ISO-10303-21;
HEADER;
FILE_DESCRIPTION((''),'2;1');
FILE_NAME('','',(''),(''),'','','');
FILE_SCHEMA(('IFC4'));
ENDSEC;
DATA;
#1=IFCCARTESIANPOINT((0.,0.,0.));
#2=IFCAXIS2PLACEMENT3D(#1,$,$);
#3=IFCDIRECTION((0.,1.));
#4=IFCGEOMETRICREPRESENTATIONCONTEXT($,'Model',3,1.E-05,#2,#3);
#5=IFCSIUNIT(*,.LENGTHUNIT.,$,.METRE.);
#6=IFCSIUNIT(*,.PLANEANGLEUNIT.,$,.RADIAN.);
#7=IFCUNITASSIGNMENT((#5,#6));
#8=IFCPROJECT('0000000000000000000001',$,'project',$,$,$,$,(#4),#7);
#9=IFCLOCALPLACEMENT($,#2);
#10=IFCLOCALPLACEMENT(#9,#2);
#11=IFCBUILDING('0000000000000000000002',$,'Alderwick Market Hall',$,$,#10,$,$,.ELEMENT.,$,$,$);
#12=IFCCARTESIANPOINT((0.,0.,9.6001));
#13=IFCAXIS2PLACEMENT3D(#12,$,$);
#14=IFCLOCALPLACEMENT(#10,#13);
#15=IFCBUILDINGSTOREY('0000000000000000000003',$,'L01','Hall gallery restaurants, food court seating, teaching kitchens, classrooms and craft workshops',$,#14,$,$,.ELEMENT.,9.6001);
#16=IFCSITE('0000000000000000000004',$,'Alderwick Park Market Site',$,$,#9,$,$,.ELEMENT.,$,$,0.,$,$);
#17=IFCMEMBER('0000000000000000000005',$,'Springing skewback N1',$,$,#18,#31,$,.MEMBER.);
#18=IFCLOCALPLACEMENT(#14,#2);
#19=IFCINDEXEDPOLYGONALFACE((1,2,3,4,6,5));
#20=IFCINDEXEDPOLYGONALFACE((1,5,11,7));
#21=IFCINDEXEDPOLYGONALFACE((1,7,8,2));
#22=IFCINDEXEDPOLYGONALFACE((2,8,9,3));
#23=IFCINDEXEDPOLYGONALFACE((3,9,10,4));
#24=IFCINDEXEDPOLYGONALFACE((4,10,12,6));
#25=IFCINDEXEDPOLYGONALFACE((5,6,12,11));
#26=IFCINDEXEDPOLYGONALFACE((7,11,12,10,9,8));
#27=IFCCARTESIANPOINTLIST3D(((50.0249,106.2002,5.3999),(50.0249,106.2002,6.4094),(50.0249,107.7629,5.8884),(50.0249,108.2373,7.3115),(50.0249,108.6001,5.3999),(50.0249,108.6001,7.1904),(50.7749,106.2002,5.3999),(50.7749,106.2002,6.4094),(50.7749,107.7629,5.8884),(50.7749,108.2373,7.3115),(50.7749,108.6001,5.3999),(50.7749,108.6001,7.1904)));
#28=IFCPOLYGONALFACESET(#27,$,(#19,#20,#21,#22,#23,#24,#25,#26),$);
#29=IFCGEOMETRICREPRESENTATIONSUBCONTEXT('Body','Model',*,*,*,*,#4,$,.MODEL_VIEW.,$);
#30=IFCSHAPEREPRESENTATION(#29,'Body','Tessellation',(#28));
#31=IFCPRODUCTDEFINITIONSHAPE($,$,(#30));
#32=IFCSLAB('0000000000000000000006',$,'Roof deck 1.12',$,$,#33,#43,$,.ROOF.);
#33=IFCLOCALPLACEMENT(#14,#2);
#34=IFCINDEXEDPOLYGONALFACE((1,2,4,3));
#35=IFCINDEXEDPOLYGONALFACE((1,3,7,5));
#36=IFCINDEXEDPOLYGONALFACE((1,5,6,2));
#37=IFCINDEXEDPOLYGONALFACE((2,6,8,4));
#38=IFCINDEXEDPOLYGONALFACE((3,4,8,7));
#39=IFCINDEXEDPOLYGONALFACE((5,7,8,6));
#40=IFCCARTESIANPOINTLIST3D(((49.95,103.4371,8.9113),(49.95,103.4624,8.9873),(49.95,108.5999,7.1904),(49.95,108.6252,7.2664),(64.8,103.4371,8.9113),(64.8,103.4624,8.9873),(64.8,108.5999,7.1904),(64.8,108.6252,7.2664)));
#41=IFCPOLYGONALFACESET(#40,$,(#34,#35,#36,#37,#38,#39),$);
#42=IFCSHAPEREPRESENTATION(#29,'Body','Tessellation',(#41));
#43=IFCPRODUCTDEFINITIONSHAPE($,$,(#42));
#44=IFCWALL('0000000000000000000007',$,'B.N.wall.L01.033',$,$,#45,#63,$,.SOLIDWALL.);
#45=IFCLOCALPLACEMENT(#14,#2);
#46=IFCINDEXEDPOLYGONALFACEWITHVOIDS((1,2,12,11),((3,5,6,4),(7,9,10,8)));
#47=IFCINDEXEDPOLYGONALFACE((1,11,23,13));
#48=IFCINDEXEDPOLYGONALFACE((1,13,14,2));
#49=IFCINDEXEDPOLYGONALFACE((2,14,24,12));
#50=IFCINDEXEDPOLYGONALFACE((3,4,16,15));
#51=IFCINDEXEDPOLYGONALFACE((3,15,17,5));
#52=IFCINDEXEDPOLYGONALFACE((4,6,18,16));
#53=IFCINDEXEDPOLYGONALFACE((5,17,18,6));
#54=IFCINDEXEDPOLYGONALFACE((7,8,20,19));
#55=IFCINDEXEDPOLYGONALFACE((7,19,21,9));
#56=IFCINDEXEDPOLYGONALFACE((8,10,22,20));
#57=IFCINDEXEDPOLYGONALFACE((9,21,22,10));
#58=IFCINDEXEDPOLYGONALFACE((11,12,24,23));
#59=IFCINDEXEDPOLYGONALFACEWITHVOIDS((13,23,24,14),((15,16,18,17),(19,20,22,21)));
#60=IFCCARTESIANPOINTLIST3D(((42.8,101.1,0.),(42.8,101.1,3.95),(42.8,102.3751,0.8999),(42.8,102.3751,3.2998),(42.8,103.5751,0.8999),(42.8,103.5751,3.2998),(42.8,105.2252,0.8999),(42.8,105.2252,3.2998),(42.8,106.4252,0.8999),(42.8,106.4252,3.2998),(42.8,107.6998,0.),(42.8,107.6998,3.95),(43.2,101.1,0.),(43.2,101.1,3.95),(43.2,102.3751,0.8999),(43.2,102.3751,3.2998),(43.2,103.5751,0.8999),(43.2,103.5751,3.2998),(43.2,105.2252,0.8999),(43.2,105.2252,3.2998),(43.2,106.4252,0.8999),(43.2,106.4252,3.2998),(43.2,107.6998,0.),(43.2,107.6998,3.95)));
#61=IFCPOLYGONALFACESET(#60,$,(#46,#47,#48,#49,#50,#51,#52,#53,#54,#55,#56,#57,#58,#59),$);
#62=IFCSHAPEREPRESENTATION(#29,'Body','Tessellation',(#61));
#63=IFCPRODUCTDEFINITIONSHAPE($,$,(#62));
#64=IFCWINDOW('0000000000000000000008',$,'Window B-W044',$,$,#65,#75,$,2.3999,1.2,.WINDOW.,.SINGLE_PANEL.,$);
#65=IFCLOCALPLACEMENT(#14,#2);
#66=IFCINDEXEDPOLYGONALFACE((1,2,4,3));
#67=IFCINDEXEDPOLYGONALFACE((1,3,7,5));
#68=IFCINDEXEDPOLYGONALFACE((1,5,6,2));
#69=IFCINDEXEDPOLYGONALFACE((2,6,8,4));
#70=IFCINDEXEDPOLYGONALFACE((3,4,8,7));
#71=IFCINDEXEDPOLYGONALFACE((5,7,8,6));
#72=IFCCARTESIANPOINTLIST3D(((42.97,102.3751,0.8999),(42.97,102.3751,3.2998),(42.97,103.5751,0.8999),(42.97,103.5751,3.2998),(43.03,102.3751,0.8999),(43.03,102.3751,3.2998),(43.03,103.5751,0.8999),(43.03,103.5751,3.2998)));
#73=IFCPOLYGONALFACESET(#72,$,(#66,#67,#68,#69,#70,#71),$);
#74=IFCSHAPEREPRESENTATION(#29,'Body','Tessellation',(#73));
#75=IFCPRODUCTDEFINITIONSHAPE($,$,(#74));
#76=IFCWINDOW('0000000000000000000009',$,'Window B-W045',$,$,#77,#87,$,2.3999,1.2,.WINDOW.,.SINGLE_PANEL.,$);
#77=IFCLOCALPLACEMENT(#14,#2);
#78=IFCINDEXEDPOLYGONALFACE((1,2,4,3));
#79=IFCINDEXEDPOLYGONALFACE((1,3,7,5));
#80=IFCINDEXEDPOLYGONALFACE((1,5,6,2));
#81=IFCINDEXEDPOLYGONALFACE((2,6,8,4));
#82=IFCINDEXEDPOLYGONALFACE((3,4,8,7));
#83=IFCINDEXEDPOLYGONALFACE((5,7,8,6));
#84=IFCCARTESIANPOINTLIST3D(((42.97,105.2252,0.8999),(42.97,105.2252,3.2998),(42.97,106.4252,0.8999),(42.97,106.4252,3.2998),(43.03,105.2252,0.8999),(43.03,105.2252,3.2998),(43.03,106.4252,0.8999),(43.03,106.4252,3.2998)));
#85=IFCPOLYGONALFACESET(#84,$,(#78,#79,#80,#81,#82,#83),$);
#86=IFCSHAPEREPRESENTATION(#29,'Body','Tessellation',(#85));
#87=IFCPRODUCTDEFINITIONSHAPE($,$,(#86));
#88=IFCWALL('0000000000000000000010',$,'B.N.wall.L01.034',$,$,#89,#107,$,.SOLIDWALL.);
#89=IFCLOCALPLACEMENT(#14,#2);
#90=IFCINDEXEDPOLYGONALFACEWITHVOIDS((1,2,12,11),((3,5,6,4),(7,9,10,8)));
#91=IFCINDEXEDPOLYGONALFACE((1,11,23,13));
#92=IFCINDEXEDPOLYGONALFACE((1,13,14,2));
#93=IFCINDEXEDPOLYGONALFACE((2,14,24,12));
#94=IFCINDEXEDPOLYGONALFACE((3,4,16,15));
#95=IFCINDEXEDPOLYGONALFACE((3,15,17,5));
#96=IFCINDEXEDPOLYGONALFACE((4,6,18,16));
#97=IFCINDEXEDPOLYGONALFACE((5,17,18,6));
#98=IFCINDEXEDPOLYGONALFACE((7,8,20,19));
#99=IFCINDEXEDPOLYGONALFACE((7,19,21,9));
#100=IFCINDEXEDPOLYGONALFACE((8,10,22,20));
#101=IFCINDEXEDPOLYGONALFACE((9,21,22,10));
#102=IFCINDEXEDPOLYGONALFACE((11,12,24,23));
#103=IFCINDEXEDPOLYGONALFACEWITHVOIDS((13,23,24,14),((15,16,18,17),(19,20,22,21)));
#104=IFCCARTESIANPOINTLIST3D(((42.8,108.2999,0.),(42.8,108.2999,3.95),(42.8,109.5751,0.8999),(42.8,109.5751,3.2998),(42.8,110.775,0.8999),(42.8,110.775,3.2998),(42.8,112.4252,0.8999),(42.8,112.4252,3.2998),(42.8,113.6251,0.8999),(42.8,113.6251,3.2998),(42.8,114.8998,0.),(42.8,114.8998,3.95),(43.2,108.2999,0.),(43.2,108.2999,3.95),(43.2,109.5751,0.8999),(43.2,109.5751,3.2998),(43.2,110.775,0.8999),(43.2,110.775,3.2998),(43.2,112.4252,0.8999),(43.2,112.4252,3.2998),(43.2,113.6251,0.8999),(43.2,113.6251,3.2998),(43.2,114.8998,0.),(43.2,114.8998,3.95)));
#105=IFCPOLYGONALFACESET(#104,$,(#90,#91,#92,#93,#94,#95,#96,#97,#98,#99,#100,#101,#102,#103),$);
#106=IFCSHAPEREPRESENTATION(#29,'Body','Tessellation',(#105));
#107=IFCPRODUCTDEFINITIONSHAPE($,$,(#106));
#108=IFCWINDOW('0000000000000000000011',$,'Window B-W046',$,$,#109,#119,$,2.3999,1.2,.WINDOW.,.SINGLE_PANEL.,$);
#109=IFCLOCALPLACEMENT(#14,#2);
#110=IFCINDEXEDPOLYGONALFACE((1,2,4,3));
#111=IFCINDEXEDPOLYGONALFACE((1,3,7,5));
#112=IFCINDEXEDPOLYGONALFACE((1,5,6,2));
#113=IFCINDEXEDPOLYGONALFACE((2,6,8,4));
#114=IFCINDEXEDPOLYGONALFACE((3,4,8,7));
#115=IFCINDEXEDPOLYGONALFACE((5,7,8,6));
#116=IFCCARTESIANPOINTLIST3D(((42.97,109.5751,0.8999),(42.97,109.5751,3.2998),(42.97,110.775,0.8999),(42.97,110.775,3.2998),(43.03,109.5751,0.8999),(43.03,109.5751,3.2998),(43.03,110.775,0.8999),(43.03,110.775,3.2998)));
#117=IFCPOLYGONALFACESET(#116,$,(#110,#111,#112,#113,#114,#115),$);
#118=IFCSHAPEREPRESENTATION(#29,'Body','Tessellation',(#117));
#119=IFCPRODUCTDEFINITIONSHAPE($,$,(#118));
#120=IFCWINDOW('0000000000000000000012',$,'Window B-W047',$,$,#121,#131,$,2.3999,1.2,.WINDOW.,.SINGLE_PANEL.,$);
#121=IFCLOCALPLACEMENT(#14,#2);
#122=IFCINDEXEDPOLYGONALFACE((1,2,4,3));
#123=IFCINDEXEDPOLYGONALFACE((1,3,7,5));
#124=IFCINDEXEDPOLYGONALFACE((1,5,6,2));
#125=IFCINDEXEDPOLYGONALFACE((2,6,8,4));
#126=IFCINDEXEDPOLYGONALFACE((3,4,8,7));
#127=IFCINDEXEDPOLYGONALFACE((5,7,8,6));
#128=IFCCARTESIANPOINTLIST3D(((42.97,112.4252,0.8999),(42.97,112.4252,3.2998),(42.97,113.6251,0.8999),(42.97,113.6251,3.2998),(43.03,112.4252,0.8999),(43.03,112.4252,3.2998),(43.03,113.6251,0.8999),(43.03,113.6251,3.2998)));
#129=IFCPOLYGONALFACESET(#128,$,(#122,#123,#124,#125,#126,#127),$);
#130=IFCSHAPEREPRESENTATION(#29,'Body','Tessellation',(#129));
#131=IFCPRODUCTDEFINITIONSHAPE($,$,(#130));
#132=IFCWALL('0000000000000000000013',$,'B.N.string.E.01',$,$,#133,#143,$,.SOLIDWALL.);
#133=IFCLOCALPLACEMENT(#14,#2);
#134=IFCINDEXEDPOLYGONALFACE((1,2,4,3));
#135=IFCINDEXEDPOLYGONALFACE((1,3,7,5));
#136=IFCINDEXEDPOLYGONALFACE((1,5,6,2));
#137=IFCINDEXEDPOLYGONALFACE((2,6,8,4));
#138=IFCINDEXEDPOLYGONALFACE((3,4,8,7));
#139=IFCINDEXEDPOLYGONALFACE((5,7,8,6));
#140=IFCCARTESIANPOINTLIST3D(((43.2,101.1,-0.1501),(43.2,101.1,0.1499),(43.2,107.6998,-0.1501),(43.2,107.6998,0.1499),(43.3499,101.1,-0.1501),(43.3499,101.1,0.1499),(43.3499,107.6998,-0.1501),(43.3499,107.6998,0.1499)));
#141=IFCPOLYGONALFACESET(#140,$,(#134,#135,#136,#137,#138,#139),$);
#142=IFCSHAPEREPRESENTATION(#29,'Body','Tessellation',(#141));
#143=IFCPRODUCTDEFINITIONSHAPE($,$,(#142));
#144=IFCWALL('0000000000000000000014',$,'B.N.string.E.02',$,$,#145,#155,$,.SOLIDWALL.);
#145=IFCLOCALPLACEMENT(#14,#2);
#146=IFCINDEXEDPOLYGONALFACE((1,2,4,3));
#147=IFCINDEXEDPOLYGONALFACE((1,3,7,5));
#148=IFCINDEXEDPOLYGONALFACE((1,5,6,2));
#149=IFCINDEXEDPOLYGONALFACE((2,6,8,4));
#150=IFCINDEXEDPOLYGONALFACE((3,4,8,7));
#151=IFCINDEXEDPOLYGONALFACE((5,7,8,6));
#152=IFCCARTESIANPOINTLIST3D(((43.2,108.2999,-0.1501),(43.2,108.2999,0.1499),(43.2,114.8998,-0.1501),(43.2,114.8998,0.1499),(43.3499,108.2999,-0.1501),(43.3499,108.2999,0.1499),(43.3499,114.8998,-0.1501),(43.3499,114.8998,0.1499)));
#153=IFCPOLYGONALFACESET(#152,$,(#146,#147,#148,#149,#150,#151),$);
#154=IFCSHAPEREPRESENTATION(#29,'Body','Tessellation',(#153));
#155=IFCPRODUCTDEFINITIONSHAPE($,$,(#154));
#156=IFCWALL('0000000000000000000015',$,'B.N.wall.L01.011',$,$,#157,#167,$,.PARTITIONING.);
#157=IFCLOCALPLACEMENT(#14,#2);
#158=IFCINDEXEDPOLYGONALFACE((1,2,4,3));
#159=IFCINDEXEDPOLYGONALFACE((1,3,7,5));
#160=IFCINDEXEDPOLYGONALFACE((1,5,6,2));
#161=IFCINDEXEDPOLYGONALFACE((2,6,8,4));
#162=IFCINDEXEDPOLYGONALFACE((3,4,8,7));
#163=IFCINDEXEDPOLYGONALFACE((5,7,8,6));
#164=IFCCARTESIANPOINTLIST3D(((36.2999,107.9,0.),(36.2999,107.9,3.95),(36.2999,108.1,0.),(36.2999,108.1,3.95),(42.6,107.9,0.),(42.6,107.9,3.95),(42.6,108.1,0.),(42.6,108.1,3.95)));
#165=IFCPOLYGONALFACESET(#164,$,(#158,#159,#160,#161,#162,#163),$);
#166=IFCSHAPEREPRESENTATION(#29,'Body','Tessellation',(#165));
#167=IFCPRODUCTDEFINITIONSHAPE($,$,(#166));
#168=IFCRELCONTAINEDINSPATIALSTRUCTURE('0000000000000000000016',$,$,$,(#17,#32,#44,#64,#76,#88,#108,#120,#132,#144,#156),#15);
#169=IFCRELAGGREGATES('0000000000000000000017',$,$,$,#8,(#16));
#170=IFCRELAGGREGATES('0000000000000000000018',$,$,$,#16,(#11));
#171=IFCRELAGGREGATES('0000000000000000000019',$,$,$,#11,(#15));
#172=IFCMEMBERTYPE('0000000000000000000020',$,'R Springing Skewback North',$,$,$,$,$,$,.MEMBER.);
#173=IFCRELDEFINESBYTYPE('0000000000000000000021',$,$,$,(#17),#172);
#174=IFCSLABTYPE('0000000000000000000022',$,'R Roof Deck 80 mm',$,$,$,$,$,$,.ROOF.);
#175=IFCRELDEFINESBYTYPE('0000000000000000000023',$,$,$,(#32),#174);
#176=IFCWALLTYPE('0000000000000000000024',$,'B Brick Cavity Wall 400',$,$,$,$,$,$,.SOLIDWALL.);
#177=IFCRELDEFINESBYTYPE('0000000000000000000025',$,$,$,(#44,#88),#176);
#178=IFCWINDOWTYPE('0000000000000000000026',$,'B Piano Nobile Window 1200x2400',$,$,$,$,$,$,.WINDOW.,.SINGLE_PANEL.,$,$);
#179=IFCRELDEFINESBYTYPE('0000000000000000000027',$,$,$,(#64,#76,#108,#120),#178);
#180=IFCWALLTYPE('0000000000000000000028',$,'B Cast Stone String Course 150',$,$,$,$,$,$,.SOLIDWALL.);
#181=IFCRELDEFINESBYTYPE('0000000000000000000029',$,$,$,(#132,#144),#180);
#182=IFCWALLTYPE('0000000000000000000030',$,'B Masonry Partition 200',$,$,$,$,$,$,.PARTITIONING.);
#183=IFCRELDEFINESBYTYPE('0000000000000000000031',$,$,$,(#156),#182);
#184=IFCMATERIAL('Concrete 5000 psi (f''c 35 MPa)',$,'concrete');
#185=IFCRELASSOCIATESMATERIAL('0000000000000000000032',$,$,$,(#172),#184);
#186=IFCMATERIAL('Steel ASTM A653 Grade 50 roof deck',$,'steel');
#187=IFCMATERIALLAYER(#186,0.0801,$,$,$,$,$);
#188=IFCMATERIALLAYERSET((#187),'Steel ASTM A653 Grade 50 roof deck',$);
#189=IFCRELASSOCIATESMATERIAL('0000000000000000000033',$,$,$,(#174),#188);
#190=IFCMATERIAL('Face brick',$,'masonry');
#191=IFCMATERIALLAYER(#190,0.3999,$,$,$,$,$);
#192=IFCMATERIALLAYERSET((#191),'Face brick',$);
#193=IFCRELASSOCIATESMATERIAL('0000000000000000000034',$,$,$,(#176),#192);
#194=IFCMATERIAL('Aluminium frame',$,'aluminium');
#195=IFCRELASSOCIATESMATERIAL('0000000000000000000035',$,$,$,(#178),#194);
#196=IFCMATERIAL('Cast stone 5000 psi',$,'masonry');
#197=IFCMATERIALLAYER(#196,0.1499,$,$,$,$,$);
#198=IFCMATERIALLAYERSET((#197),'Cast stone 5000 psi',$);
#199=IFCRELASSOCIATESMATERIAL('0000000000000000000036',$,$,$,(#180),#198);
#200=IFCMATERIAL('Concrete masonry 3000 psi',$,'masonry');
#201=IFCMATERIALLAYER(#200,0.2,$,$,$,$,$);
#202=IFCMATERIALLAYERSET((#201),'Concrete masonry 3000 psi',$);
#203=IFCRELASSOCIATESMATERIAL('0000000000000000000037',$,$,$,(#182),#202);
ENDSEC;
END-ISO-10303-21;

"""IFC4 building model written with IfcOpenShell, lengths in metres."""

from ifc_helpers import new_model, si_unit, direction, frame, frame_2d, origin, place, context, subcontext, project, spatial, polyline, rectangle, outline, extrude, material, layer, layer_set, material_profile, profile_set, type_object, element, fill, save


model = new_model("IFC4")

# Units and contexts
model_context = context("Model", 3, precision=1e-05, world=origin(), true_north=direction((0.0, 1.0)))
body_context = subcontext(model_context, "Body", "Model", "MODEL_VIEW")
ifc_project = project(units=[si_unit("LENGTHUNIT", "METRE"), si_unit("PLANEANGLEUNIT", "RADIAN")], contexts=[model_context])

# Site, building, storey
site_placement = place(None, origin())
site = spatial("IfcSite", under=ifc_project, at=site_placement, Name="Alderwick Park Market Site", CompositionType="ELEMENT", RefElevation=0.0)
building_placement = place(site_placement, origin())
building = spatial("IfcBuilding", under=site, at=building_placement, Name="Alderwick Market Hall", CompositionType="ELEMENT")
storey_placement = place(building_placement, frame((0.0, 0.0, 9.6001)))
storey = spatial("IfcBuildingStorey", under=building, at=storey_placement, Name="L01", Description="Hall gallery restaurants, food court seating, teaching kitchens, classrooms and craft workshops", CompositionType="ELEMENT", Elevation=9.6001)

# Shared definitions
ifc_material_1 = material(Name="Concrete 5000 psi (f'c 35 MPa)", Category="concrete")

# Member
ifc_material_profile_1 = material_profile(ifc_material_1, outline(polyline([(0.0, 0.0), (-2.3999, 0.0), (-2.3999, 1.0095), (-0.8372, 0.4885), (-0.3628, 1.9116), (0.0, 1.7905), (0.0, 0.0)])), Name="RC skewback N")
ifc_profile_set_1 = profile_set([ifc_material_profile_1], Name="Concrete 5000 psi (f'c 35 MPa)")
member_type_1 = type_object("IfcMemberType", Name="R Springing Skewback North", PredefinedType="MEMBER", material=ifc_profile_set_1)
member_placement = place(storey_placement, frame((50.0249, 108.6001, 5.3999), z_axis=(1.0, 0.0, 0.0), x_axis=(0.0, 1.0, 0.0)))
element("IfcMember", 1, at=member_placement, inside=storey, type_object=member_type_1, Name="Springing skewback N1", PredefinedType="MEMBER", context=body_context, shape_type="SweptSolid", body=[
    extrude(outline(polyline([(0.0, 0.0), (-2.3999, 0.0), (-2.3999, 1.0095), (-0.8372, 0.4885), (-0.3628, 1.9116), (0.0, 1.7905), (0.0, 0.0)])), origin(), (0.0, 0.0, 1.0), 0.75),
])

# Slab
ifc_material_2 = material(Name="Steel ASTM A653 Grade 50 roof deck", Category="steel")
ifc_layer_1 = layer(ifc_material_2, 0.0801)
ifc_layer_set_1 = layer_set([ifc_layer_1], Name="Steel ASTM A653 Grade 50 roof deck")
slab_type = type_object("IfcSlabType", Name="R Roof Deck 80 mm", PredefinedType="ROOF", material=ifc_layer_set_1)
slab_placement = place(storey_placement, frame((49.95, 103.4624, 8.9873), z_axis=(0.0, 0.316228, 0.948683), x_axis=(1.0, 0.0, 0.0)))
element("IfcSlab", 2, at=slab_placement, inside=storey, type_object=slab_type, Name="Roof deck 1.12", PredefinedType="ROOF", context=body_context, shape_type="SweptSolid", body=[
    extrude(outline(polyline([(0.0, 0.0), (14.8501, 0.0), (14.8501, 5.4421), (0.0, 5.4421), (0.0, 0.0)])), origin(), (0.0, 0.0, -1.0), 0.0801),
])

# Walls, openings, windows
ifc_material_3 = material(Name="Face brick", Category="masonry")
ifc_layer_2 = layer(ifc_material_3, 0.3999)
ifc_layer_set_2 = layer_set([ifc_layer_2], Name="Face brick")
wall_type_1 = type_object("IfcWallType", Name="B Brick Cavity Wall 400", PredefinedType="SOLIDWALL", material=ifc_layer_set_2)
wall_1_placement = place(storey_placement, frame((43.0, 101.1001, 0.0), z_axis=(0.0, 0.0, 1.0), x_axis=(0.0, 1.0, 0.0)))
wall_1 = element("IfcWall", 3, at=wall_1_placement, inside=storey, type_object=wall_type_1, Name="B.N.wall.L01.033", PredefinedType="SOLIDWALL", context=body_context, shape_type="SweptSolid", body=[
    extrude(rectangle(XDim=6.5999, YDim=0.3999, at=frame_2d((3.2998, 0.0))), origin(), (0.0, 0.0, 1.0), 3.95),
])
opening_1_placement = place(wall_1_placement, frame((1.2749, 0.0, 0.8999)))
opening_1 = element("IfcOpeningElement", 4, at=opening_1_placement, cuts=wall_1, PredefinedType="OPENING", context=body_context, shape_type="SweptSolid", body=[
    extrude(rectangle(XDim=1.2, YDim=2.3999, at=frame_2d((0.6001, 1.2))), frame((0.0, 0.21, 0.0), z_axis=(0.0, -1.0, 0.0), x_axis=(1.0, 0.0, 0.0)), (0.0, 0.0, 1.0), 0.4199),
])
opening_2_placement = place(wall_1_placement, frame((4.125, 0.0, 0.8999)))
opening_2 = element("IfcOpeningElement", 5, at=opening_2_placement, cuts=wall_1, PredefinedType="OPENING", context=body_context, shape_type="SweptSolid", body=[
    extrude(rectangle(XDim=1.2, YDim=2.3999, at=frame_2d((0.6001, 1.2))), frame((0.0, 0.21, 0.0), z_axis=(0.0, -1.0, 0.0), x_axis=(1.0, 0.0, 0.0)), (0.0, 0.0, 1.0), 0.4199),
])
ifc_material_4 = material(Name="Aluminium frame", Category="aluminium")
window_type = type_object("IfcWindowType", Name="B Piano Nobile Window 1200x2400", PartitioningType="SINGLE_PANEL", PredefinedType="WINDOW", material=ifc_material_4)
window_1_placement = place(opening_1_placement, origin())
window_1 = element("IfcWindow", 6, at=window_1_placement, inside=storey, type_object=window_type, Name="Window B-W044", OverallHeight=2.3999, OverallWidth=1.2, PartitioningType="SINGLE_PANEL", PredefinedType="WINDOW", context=body_context, shape_type="SweptSolid", body=[
    extrude(rectangle(XDim=1.2, YDim=2.3999, at=frame_2d((0.6001, 1.2))), frame((0.0, 0.03, 0.0), z_axis=(0.0, -1.0, 0.0), x_axis=(1.0, 0.0, 0.0)), (0.0, 0.0, 1.0), 0.0601),
])
fill(opening_1, window_1)
window_2_placement = place(opening_2_placement, origin())
window_2 = element("IfcWindow", 7, at=window_2_placement, inside=storey, type_object=window_type, Name="Window B-W045", OverallHeight=2.3999, OverallWidth=1.2, PartitioningType="SINGLE_PANEL", PredefinedType="WINDOW", context=body_context, shape_type="SweptSolid", body=[
    extrude(rectangle(XDim=1.2, YDim=2.3999, at=frame_2d((0.6001, 1.2))), frame((0.0, 0.03, 0.0), z_axis=(0.0, -1.0, 0.0), x_axis=(1.0, 0.0, 0.0)), (0.0, 0.0, 1.0), 0.0601),
])
fill(opening_2, window_2)
wall_2_placement = place(storey_placement, frame((43.0, 108.3, 0.0), z_axis=(0.0, 0.0, 1.0), x_axis=(0.0, 1.0, 0.0)))
wall_2 = element("IfcWall", 8, at=wall_2_placement, inside=storey, type_object=wall_type_1, Name="B.N.wall.L01.034", PredefinedType="SOLIDWALL", context=body_context, shape_type="SweptSolid", body=[
    extrude(rectangle(XDim=6.5999, YDim=0.3999, at=frame_2d((3.2998, 0.0))), origin(), (0.0, 0.0, 1.0), 3.95),
])
opening_3_placement = place(wall_2_placement, frame((1.2749, 0.0, 0.8999)))
opening_3 = element("IfcOpeningElement", 9, at=opening_3_placement, cuts=wall_2, PredefinedType="OPENING", context=body_context, shape_type="SweptSolid", body=[
    extrude(rectangle(XDim=1.2, YDim=2.3999, at=frame_2d((0.6001, 1.2))), frame((0.0, 0.21, 0.0), z_axis=(0.0, -1.0, 0.0), x_axis=(1.0, 0.0, 0.0)), (0.0, 0.0, 1.0), 0.4199),
])
opening_4_placement = place(wall_2_placement, frame((4.125, 0.0, 0.8999)))
opening_4 = element("IfcOpeningElement", 10, at=opening_4_placement, cuts=wall_2, PredefinedType="OPENING", context=body_context, shape_type="SweptSolid", body=[
    extrude(rectangle(XDim=1.2, YDim=2.3999, at=frame_2d((0.6001, 1.2))), frame((0.0, 0.21, 0.0), z_axis=(0.0, -1.0, 0.0), x_axis=(1.0, 0.0, 0.0)), (0.0, 0.0, 1.0), 0.4199),
])
window_3_placement = place(opening_3_placement, origin())
window_3 = element("IfcWindow", 11, at=window_3_placement, inside=storey, type_object=window_type, Name="Window B-W046", OverallHeight=2.3999, OverallWidth=1.2, PartitioningType="SINGLE_PANEL", PredefinedType="WINDOW", context=body_context, shape_type="SweptSolid", body=[
    extrude(rectangle(XDim=1.2, YDim=2.3999, at=frame_2d((0.6001, 1.2))), frame((0.0, 0.03, 0.0), z_axis=(0.0, -1.0, 0.0), x_axis=(1.0, 0.0, 0.0)), (0.0, 0.0, 1.0), 0.0601),
])
fill(opening_3, window_3)
window_4_placement = place(opening_4_placement, origin())
window_4 = element("IfcWindow", 12, at=window_4_placement, inside=storey, type_object=window_type, Name="Window B-W047", OverallHeight=2.3999, OverallWidth=1.2, PartitioningType="SINGLE_PANEL", PredefinedType="WINDOW", context=body_context, shape_type="SweptSolid", body=[
    extrude(rectangle(XDim=1.2, YDim=2.3999, at=frame_2d((0.6001, 1.2))), frame((0.0, 0.03, 0.0), z_axis=(0.0, -1.0, 0.0), x_axis=(1.0, 0.0, 0.0)), (0.0, 0.0, 1.0), 0.0601),
])
fill(opening_4, window_4)

# Walls
ifc_material_5 = material(Name="Cast stone 5000 psi", Category="masonry")
ifc_layer_3 = layer(ifc_material_5, 0.1499)
ifc_layer_set_3 = layer_set([ifc_layer_3], Name="Cast stone 5000 psi")
wall_type_2 = type_object("IfcWallType", Name="B Cast Stone String Course 150", PredefinedType="SOLIDWALL", material=ifc_layer_set_3)
for number, where, z_axis, x_axis, name in (
    (13, (43.2749, 101.1001, -0.1501), (0.0, 0.0, 1.0), (0.0, 1.0, 0.0), "B.N.string.E.01"),
    (14, (43.2749, 108.3, -0.1501), (0.0, 0.0, 1.0), (0.0, 1.0, 0.0), "B.N.string.E.02"),
):
    element("IfcWall", number, at=place(storey_placement, frame(where, z_axis=z_axis, x_axis=x_axis)), inside=storey, type_object=wall_type_2, Name=name, PredefinedType="SOLIDWALL", context=body_context, shape_type="SweptSolid", body=[
        extrude(rectangle(XDim=6.5999, YDim=0.1499, at=frame_2d((3.2998, 0.0))), origin(), (0.0, 0.0, 1.0), 0.3),
    ])
ifc_material_6 = material(Name="Concrete masonry 3000 psi", Category="masonry")
ifc_layer_4 = layer(ifc_material_6, 0.2)
ifc_layer_set_4 = layer_set([ifc_layer_4], Name="Concrete masonry 3000 psi")
wall_type_3 = type_object("IfcWallType", Name="B Masonry Partition 200", PredefinedType="PARTITIONING", material=ifc_layer_set_4)
wall_3_placement = place(storey_placement, frame((36.3, 108.0, 0.0), z_axis=(0.0, 0.0, 1.0), x_axis=(1.0, 0.0, 0.0)))
element("IfcWall", 15, at=wall_3_placement, inside=storey, type_object=wall_type_3, Name="B.N.wall.L01.011", PredefinedType="PARTITIONING", context=body_context, shape_type="SweptSolid", body=[
    extrude(rectangle(XDim=6.3, YDim=0.2, at=frame_2d((3.1499, 0.0))), origin(), (0.0, 0.0, 1.0), 3.95),
])

save(model, "model.ifc")
